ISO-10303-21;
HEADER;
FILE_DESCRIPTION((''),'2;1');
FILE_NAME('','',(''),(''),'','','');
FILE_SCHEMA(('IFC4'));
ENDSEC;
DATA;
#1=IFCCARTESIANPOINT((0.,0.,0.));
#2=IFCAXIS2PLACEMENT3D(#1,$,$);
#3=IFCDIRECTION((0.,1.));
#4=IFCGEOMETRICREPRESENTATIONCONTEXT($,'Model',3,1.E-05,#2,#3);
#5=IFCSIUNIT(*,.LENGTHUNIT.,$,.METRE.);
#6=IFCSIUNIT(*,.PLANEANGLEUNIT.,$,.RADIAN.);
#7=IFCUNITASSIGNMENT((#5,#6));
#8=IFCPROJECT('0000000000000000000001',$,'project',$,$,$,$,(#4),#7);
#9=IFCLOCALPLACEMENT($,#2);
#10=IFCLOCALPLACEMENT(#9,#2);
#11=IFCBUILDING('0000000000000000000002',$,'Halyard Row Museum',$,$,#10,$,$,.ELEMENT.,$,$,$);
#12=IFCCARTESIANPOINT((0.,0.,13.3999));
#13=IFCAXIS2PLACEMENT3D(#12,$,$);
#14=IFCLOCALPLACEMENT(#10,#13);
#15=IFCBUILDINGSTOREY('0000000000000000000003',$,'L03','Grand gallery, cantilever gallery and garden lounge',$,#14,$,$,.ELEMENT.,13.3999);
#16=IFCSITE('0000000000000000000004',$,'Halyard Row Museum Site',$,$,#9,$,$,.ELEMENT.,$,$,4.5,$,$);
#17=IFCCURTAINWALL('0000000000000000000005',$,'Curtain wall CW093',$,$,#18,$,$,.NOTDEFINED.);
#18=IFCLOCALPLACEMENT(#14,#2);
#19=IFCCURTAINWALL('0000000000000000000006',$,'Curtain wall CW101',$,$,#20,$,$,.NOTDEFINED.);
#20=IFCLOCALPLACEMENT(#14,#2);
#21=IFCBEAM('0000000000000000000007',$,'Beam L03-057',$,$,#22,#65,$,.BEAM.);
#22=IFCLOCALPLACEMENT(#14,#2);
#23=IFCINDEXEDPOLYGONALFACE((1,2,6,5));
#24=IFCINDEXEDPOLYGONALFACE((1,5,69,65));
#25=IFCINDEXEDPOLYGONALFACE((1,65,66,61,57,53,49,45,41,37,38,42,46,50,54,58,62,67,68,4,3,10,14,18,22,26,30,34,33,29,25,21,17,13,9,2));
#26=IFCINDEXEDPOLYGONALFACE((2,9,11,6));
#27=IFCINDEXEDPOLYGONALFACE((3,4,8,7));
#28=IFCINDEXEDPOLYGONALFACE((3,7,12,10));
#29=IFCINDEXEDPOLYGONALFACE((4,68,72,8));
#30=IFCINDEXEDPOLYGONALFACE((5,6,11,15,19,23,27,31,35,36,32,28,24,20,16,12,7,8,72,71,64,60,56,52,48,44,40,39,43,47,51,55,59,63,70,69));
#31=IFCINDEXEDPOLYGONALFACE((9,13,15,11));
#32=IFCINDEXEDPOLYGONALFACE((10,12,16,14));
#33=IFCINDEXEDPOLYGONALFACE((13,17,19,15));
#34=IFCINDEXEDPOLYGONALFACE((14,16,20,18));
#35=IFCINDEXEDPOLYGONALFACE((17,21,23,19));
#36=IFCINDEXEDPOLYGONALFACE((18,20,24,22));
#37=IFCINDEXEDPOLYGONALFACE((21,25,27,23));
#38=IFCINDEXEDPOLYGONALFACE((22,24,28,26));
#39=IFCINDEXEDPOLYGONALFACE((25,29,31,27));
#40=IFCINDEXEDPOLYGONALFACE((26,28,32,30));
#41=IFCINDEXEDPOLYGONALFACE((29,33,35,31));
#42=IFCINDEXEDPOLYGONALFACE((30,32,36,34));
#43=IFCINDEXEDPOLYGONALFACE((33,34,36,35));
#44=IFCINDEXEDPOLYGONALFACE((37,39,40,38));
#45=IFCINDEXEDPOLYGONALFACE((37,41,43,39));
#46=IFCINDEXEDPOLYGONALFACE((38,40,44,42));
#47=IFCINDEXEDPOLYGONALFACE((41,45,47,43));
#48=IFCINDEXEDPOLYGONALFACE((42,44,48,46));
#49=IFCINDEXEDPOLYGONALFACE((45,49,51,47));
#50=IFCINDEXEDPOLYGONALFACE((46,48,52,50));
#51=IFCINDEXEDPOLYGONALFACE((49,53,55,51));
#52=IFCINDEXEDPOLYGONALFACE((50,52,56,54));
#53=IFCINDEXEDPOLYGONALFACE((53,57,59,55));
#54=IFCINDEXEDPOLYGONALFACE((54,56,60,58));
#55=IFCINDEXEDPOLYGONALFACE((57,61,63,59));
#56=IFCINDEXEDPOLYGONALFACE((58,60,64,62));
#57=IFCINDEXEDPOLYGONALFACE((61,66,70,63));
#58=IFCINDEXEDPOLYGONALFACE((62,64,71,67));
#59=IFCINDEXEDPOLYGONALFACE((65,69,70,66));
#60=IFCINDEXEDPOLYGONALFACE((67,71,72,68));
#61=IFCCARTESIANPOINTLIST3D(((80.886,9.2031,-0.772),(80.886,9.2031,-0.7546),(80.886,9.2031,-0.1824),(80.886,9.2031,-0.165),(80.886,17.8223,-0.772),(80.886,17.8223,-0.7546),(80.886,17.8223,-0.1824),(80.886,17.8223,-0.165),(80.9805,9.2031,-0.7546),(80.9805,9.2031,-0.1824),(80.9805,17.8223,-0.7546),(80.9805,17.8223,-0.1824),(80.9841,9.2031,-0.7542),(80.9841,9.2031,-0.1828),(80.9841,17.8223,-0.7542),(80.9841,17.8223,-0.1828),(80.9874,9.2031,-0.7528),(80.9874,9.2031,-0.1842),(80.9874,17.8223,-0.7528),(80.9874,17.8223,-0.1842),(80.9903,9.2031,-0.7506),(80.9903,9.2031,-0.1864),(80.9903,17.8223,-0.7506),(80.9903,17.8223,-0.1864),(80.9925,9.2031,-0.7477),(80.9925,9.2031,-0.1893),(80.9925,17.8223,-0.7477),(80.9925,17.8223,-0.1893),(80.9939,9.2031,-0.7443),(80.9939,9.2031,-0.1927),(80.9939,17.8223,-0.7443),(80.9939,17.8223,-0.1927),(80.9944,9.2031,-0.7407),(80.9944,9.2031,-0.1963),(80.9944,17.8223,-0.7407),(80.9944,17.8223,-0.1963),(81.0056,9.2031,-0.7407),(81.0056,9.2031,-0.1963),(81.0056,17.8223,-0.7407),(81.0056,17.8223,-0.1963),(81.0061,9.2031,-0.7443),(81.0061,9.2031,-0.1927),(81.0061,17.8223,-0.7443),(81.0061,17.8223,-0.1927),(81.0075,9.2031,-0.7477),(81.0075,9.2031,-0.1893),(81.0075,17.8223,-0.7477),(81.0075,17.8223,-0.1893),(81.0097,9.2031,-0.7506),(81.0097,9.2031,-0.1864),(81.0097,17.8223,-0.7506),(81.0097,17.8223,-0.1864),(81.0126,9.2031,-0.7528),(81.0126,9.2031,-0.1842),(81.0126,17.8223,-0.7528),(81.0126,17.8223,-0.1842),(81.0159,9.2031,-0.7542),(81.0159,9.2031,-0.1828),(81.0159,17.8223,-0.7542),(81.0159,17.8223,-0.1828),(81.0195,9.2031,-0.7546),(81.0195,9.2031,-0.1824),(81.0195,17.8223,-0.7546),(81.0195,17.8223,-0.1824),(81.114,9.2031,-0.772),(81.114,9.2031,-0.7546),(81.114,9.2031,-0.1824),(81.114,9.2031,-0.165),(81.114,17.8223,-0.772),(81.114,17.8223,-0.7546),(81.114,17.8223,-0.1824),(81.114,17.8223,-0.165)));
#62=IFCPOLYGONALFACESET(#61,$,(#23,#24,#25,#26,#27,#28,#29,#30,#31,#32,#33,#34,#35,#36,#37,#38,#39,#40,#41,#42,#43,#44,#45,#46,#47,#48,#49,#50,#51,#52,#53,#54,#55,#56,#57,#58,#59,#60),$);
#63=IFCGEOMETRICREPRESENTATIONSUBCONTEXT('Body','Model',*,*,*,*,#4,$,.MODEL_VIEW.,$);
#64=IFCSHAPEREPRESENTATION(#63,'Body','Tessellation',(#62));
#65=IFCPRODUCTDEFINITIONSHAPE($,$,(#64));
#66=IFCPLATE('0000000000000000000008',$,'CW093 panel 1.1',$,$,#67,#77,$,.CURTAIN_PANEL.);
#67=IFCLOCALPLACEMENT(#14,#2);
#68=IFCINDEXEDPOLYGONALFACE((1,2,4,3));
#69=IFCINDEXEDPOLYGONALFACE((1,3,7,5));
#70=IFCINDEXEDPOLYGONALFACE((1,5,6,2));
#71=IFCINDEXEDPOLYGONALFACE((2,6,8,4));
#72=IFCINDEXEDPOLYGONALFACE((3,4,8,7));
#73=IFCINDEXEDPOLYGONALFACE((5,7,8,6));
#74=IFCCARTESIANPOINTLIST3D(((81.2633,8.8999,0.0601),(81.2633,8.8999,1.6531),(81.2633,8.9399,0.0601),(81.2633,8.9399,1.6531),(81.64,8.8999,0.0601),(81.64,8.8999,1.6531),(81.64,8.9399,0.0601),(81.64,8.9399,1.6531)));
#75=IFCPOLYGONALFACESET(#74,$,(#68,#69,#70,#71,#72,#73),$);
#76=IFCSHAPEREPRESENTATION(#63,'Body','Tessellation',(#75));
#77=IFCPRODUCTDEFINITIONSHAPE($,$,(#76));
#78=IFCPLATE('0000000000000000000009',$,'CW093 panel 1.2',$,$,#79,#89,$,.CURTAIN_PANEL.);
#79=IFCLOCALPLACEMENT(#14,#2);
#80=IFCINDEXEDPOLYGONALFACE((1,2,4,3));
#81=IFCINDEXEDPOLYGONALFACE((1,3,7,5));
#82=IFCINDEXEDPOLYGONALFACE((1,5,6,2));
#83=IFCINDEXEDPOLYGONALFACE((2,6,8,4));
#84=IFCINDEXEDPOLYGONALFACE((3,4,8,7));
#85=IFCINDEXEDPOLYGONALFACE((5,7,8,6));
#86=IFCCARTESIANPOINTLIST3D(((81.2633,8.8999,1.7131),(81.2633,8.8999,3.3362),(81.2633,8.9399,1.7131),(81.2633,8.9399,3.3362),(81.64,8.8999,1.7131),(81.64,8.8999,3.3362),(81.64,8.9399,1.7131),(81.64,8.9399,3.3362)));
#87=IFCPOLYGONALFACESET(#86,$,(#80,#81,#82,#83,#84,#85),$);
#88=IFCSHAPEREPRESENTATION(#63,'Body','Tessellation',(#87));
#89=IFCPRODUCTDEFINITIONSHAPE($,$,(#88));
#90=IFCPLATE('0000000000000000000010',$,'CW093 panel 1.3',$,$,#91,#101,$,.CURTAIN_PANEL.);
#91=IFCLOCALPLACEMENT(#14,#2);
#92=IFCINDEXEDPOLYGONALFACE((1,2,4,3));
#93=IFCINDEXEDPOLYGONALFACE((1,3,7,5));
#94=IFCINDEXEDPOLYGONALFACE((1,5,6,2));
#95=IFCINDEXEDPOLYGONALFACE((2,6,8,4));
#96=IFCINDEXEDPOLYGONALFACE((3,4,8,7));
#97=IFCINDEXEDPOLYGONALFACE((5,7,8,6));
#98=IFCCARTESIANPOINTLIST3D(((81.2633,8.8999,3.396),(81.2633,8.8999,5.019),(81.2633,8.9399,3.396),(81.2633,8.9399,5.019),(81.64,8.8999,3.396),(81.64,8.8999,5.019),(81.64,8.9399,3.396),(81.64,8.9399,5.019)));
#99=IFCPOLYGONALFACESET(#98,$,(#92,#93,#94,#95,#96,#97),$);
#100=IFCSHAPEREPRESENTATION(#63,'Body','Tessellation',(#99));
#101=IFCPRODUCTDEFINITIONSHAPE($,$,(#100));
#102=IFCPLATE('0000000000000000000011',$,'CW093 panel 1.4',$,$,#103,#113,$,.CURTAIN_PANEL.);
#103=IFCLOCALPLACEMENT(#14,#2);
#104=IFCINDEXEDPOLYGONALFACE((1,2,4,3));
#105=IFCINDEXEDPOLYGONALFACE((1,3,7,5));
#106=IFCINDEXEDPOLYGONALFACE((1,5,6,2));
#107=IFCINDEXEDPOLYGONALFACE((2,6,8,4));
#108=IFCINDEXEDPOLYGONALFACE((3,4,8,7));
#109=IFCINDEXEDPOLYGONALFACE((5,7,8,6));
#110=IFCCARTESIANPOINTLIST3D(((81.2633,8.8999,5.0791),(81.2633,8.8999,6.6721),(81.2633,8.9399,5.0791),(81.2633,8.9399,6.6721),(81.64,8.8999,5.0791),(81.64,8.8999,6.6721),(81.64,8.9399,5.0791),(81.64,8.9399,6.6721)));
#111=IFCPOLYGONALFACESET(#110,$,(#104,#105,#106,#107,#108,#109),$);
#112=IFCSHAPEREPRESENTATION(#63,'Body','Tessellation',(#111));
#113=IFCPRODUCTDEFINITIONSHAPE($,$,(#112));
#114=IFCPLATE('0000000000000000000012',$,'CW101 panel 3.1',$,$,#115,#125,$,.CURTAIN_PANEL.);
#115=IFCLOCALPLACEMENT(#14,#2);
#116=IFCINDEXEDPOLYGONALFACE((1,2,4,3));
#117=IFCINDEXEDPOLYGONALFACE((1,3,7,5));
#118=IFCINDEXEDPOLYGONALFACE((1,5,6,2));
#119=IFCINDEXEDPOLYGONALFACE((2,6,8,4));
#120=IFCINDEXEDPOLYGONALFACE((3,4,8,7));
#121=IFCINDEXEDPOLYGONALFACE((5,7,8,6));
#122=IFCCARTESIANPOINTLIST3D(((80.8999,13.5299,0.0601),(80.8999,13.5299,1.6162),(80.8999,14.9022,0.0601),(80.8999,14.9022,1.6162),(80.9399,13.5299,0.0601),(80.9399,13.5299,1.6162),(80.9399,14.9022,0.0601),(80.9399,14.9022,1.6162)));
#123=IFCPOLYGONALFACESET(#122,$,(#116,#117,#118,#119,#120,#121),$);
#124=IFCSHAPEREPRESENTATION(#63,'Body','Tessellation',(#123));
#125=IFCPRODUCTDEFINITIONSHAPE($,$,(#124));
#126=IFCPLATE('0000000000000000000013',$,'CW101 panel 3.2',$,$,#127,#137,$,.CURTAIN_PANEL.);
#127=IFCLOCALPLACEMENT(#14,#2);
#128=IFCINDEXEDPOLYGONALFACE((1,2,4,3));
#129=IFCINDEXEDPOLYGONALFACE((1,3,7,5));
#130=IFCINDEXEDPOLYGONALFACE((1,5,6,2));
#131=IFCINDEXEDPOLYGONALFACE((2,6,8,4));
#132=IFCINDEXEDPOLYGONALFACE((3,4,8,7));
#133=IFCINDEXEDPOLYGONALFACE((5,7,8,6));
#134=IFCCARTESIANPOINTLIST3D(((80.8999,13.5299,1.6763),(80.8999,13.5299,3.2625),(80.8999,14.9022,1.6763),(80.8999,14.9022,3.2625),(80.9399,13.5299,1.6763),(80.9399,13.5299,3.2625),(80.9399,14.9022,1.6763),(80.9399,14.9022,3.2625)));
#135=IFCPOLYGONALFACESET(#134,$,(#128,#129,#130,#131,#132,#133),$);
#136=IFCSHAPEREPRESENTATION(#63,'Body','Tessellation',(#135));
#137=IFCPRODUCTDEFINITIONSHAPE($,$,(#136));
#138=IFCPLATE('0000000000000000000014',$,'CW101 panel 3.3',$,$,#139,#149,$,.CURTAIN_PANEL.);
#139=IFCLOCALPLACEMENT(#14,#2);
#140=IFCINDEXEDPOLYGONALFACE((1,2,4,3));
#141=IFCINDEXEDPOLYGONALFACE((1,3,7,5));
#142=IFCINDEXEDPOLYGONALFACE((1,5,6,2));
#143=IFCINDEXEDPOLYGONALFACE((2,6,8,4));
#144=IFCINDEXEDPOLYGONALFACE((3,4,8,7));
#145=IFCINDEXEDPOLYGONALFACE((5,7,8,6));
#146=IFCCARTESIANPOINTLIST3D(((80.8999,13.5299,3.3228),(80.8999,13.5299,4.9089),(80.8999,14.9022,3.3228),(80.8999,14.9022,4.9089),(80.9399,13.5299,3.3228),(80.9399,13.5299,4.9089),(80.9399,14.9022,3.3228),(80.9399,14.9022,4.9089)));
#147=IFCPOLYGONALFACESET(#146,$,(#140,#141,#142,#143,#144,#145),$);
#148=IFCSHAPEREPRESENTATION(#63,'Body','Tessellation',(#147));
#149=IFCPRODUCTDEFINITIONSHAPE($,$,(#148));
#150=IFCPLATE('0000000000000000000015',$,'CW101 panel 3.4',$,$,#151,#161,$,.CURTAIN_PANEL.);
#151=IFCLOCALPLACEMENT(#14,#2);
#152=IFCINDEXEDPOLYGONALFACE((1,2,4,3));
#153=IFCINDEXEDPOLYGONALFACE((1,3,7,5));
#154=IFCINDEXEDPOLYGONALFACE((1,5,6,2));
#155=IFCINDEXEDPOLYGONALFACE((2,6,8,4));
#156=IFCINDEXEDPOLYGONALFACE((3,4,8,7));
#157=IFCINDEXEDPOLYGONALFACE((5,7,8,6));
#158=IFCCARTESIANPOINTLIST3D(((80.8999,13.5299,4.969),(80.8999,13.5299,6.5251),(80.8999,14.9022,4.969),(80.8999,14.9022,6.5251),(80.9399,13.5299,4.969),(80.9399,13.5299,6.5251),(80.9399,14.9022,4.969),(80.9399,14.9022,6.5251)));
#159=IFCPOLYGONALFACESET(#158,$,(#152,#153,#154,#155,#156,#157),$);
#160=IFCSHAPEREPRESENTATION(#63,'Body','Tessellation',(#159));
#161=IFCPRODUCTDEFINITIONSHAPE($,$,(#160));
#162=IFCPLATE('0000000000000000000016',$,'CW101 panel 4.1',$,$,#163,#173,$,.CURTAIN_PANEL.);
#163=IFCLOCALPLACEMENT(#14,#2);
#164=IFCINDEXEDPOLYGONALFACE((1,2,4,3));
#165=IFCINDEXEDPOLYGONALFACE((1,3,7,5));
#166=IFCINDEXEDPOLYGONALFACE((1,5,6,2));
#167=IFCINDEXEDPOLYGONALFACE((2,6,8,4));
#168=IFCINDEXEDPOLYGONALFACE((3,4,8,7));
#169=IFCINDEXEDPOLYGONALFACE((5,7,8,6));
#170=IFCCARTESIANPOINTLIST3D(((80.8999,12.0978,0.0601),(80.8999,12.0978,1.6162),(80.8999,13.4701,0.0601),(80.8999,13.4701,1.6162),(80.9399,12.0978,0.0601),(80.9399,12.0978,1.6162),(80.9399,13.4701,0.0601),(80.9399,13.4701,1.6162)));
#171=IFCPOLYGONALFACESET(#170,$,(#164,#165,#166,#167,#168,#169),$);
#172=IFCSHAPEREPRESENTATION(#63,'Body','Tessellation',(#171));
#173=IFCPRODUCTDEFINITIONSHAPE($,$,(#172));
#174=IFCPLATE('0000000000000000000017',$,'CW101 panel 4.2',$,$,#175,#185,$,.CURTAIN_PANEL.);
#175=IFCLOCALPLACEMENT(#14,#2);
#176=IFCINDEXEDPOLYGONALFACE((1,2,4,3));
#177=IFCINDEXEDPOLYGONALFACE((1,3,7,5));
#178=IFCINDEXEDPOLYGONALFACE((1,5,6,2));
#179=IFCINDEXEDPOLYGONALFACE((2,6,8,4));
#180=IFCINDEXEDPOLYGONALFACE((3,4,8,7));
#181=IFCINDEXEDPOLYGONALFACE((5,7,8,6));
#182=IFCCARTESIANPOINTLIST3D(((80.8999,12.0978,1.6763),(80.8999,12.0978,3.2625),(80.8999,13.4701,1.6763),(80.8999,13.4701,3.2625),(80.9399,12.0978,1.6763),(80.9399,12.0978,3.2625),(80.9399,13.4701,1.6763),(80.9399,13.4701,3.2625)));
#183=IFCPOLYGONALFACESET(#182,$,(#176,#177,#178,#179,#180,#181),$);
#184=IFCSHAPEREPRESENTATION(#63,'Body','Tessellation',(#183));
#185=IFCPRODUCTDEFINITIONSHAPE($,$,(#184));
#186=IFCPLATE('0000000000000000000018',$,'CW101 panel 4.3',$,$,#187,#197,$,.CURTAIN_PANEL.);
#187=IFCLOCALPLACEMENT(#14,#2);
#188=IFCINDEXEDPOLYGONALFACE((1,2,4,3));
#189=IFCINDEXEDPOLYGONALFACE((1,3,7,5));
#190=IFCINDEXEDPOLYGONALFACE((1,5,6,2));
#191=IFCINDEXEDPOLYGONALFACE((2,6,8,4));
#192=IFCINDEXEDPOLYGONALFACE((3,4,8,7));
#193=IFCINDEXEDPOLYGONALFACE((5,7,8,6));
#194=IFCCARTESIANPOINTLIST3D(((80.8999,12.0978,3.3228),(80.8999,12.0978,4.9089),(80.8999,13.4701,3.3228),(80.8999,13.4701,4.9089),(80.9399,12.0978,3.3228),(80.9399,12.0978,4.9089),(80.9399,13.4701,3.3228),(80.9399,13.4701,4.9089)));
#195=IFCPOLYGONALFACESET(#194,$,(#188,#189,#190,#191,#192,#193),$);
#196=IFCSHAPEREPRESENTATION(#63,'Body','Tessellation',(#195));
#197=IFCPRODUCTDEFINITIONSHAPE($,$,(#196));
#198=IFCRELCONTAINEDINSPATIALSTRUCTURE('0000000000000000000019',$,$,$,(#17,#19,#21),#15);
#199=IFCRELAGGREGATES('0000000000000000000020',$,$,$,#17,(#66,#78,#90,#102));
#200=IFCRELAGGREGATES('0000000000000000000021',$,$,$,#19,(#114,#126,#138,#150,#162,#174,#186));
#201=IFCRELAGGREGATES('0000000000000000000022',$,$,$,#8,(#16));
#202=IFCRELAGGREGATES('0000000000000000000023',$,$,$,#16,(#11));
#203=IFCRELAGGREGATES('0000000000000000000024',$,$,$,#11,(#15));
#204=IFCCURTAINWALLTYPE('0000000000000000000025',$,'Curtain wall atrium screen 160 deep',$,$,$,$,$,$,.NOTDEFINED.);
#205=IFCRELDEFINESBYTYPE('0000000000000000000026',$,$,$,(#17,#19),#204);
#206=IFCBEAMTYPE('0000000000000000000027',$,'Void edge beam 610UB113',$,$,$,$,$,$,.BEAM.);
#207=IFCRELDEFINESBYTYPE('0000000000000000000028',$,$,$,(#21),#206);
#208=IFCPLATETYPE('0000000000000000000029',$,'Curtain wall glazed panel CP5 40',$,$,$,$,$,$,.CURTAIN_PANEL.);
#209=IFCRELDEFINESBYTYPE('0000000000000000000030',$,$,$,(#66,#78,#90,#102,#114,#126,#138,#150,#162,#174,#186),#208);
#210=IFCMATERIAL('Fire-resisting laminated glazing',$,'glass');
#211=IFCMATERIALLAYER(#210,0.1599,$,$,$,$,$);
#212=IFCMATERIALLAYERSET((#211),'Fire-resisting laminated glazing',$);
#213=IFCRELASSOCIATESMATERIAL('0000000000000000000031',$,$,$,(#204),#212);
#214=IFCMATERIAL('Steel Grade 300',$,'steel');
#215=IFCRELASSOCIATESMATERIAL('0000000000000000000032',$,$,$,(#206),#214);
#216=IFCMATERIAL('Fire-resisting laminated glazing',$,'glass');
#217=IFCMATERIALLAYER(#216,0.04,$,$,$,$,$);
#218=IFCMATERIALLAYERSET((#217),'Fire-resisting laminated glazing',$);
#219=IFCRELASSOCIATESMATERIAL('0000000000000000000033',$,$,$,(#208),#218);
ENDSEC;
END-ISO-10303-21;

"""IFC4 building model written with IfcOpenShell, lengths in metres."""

from ifc_helpers import new_model, si_unit, direction, frame, origin, origin_2d, place, context, subcontext, project, spatial, rectangle, i_section, extrude, material, layer, layer_set, material_profile, profile_set, type_object, element, aggregate, save


model = new_model("IFC4")

# Units and contexts
model_context = context("Model", 3, precision=1e-05, world=origin(), true_north=direction((0.0, 1.0)))
body_context = subcontext(model_context, "Body", "Model", "MODEL_VIEW")
ifc_project = project(units=[si_unit("LENGTHUNIT", "METRE"), si_unit("PLANEANGLEUNIT", "RADIAN")], contexts=[model_context])

# Site, building, storey
site_placement = place(None, origin())
site = spatial("IfcSite", under=ifc_project, at=site_placement, Name="Halyard Row Museum Site", CompositionType="ELEMENT", RefElevation=4.5)
building_placement = place(site_placement, origin())
building = spatial("IfcBuilding", under=site, at=building_placement, Name="Halyard Row Museum", CompositionType="ELEMENT")
storey_placement = place(building_placement, frame((0.0, 0.0, 13.3999)))
storey = spatial("IfcBuildingStorey", under=building, at=storey_placement, Name="L03", Description="Grand gallery, cantilever gallery and garden lounge", CompositionType="ELEMENT", Elevation=13.3999)

# Curtain walls
ifc_material_1 = material(Name="Fire-resisting laminated glazing", Category="glass")
ifc_layer_1 = layer(ifc_material_1, 0.1599)
ifc_layer_set_1 = layer_set([ifc_layer_1], Name="Fire-resisting laminated glazing")
curtain_wall_type = type_object("IfcCurtainWallType", Name="Curtain wall atrium screen 160 deep", PredefinedType="NOTDEFINED", material=ifc_layer_set_1)
curtain_wall_1_placement = place(storey_placement, origin())
curtain_wall_1 = element("IfcCurtainWall", 1, at=curtain_wall_1_placement, inside=storey, type_object=curtain_wall_type, Name="Curtain wall CW093", PredefinedType="NOTDEFINED")
curtain_wall_2_placement = place(storey_placement, origin())
curtain_wall_2 = element("IfcCurtainWall", 2, at=curtain_wall_2_placement, inside=storey, type_object=curtain_wall_type, Name="Curtain wall CW101", PredefinedType="NOTDEFINED")

# Beam
ifc_material_2 = material(Name="Steel Grade 300", Category="steel")
ifc_material_profile_1 = material_profile(ifc_material_2, i_section(OverallWidth=0.228, OverallDepth=0.6069, WebThickness=0.0112, FlangeThickness=0.0173, FilletRadius=0.0139, at=origin_2d()), Name="610UB113")
ifc_profile_set_1 = profile_set([ifc_material_profile_1], Name="Steel Grade 300")
beam_type = type_object("IfcBeamType", Name="Void edge beam 610UB113", PredefinedType="BEAM", material=ifc_profile_set_1)
beam_1_placement = place(storey_placement, frame((81.0, 9.2031, -0.4685), z_axis=(0.0, 1.0, 0.0), x_axis=(-1.0, 0.0, 0.0)))
element("IfcBeam", 3, at=beam_1_placement, inside=storey, type_object=beam_type, Name="Beam L03-057", PredefinedType="BEAM", context=body_context, shape_type="SweptSolid", body=[
    extrude(i_section(OverallWidth=0.228, OverallDepth=0.6069, WebThickness=0.0112, FlangeThickness=0.0173, FilletRadius=0.0139, at=origin_2d()), origin(), (0.0, 0.0, 1.0), 8.6191),
])

# Plates
ifc_material_3 = material(Name="Fire-resisting laminated glazing", Category="glass")
ifc_layer_2 = layer(ifc_material_3, 0.04)
ifc_layer_set_2 = layer_set([ifc_layer_2], Name="Fire-resisting laminated glazing")
plate_type = type_object("IfcPlateType", Name="Curtain wall glazed panel CP5 40", PredefinedType="CURTAIN_PANEL", material=ifc_layer_set_2)
plate_1_placement = place(storey_placement, frame((81.4517, 8.9199, 0.0601), z_axis=(0.0, 0.0, 1.0), x_axis=(1.0, 0.0, 0.0)))
plate_1 = element("IfcPlate", 4, at=plate_1_placement, type_object=plate_type, Name="CW093 panel 1.1", PredefinedType="CURTAIN_PANEL", context=body_context, shape_type="SweptSolid", body=[
    extrude(rectangle(XDim=0.3767, YDim=0.04, at=origin_2d()), origin(), (0.0, 0.0, 1.0), 1.593),
])
plate_2_placement = place(storey_placement, frame((81.4517, 8.9199, 1.7131), z_axis=(0.0, 0.0, 1.0), x_axis=(1.0, 0.0, 0.0)))
plate_2 = element("IfcPlate", 5, at=plate_2_placement, type_object=plate_type, Name="CW093 panel 1.2", PredefinedType="CURTAIN_PANEL", context=body_context, shape_type="SweptSolid", body=[
    extrude(rectangle(XDim=0.3767, YDim=0.04, at=origin_2d()), origin(), (0.0, 0.0, 1.0), 1.623),
])
plate_3_placement = place(storey_placement, frame((81.4517, 8.9199, 3.396), z_axis=(0.0, 0.0, 1.0), x_axis=(1.0, 0.0, 0.0)))
plate_3 = element("IfcPlate", 6, at=plate_3_placement, type_object=plate_type, Name="CW093 panel 1.3", PredefinedType="CURTAIN_PANEL", context=body_context, shape_type="SweptSolid", body=[
    extrude(rectangle(XDim=0.3767, YDim=0.04, at=origin_2d()), origin(), (0.0, 0.0, 1.0), 1.623),
])
plate_4_placement = place(storey_placement, frame((81.4517, 8.9199, 5.0791), z_axis=(0.0, 0.0, 1.0), x_axis=(1.0, 0.0, 0.0)))
plate_4 = element("IfcPlate", 7, at=plate_4_placement, type_object=plate_type, Name="CW093 panel 1.4", PredefinedType="CURTAIN_PANEL", context=body_context, shape_type="SweptSolid", body=[
    extrude(rectangle(XDim=0.3767, YDim=0.04, at=origin_2d()), origin(), (0.0, 0.0, 1.0), 1.593),
])
aggregate(curtain_wall_1, [plate_1, plate_2, plate_3, plate_4])
plate_5_placement = place(storey_placement, frame((80.9199, 14.2161, 0.0601), z_axis=(0.0, 0.0, 1.0), x_axis=(0.0, -1.0, 0.0)))
plate_5 = element("IfcPlate", 8, at=plate_5_placement, type_object=plate_type, Name="CW101 panel 3.1", PredefinedType="CURTAIN_PANEL", context=body_context, shape_type="SweptSolid", body=[
    extrude(rectangle(XDim=1.3723, YDim=0.04, at=origin_2d()), origin(), (0.0, 0.0, 1.0), 1.5562),
])
plate_6_placement = place(storey_placement, frame((80.9199, 14.2161, 1.6763), z_axis=(0.0, 0.0, 1.0), x_axis=(0.0, -1.0, 0.0)))
plate_6 = element("IfcPlate", 9, at=plate_6_placement, type_object=plate_type, Name="CW101 panel 3.2", PredefinedType="CURTAIN_PANEL", context=body_context, shape_type="SweptSolid", body=[
    extrude(rectangle(XDim=1.3723, YDim=0.04, at=origin_2d()), origin(), (0.0, 0.0, 1.0), 1.5862),
])
plate_7_placement = place(storey_placement, frame((80.9199, 14.2161, 3.3228), z_axis=(0.0, 0.0, 1.0), x_axis=(0.0, -1.0, 0.0)))
plate_7 = element("IfcPlate", 10, at=plate_7_placement, type_object=plate_type, Name="CW101 panel 3.3", PredefinedType="CURTAIN_PANEL", context=body_context, shape_type="SweptSolid", body=[
    extrude(rectangle(XDim=1.3723, YDim=0.04, at=origin_2d()), origin(), (0.0, 0.0, 1.0), 1.5862),
])
plate_8_placement = place(storey_placement, frame((80.9199, 14.2161, 4.969), z_axis=(0.0, 0.0, 1.0), x_axis=(0.0, -1.0, 0.0)))
plate_8 = element("IfcPlate", 11, at=plate_8_placement, type_object=plate_type, Name="CW101 panel 3.4", PredefinedType="CURTAIN_PANEL", context=body_context, shape_type="SweptSolid", body=[
    extrude(rectangle(XDim=1.3723, YDim=0.04, at=origin_2d()), origin(), (0.0, 0.0, 1.0), 1.5562),
])
plate_9_placement = place(storey_placement, frame((80.9199, 12.7839, 0.0601), z_axis=(0.0, 0.0, 1.0), x_axis=(0.0, -1.0, 0.0)))
plate_9 = element("IfcPlate", 12, at=plate_9_placement, type_object=plate_type, Name="CW101 panel 4.1", PredefinedType="CURTAIN_PANEL", context=body_context, shape_type="SweptSolid", body=[
    extrude(rectangle(XDim=1.3723, YDim=0.04, at=origin_2d()), origin(), (0.0, 0.0, 1.0), 1.5562),
])
plate_10_placement = place(storey_placement, frame((80.9199, 12.7839, 1.6763), z_axis=(0.0, 0.0, 1.0), x_axis=(0.0, -1.0, 0.0)))
plate_10 = element("IfcPlate", 13, at=plate_10_placement, type_object=plate_type, Name="CW101 panel 4.2", PredefinedType="CURTAIN_PANEL", context=body_context, shape_type="SweptSolid", body=[
    extrude(rectangle(XDim=1.3723, YDim=0.04, at=origin_2d()), origin(), (0.0, 0.0, 1.0), 1.5862),
])
plate_11_placement = place(storey_placement, frame((80.9199, 12.7839, 3.3228), z_axis=(0.0, 0.0, 1.0), x_axis=(0.0, -1.0, 0.0)))
plate_11 = element("IfcPlate", 14, at=plate_11_placement, type_object=plate_type, Name="CW101 panel 4.3", PredefinedType="CURTAIN_PANEL", context=body_context, shape_type="SweptSolid", body=[
    extrude(rectangle(XDim=1.3723, YDim=0.04, at=origin_2d()), origin(), (0.0, 0.0, 1.0), 1.5862),
])
aggregate(curtain_wall_2, [plate_5, plate_6, plate_7, plate_8, plate_9, plate_10, plate_11])

save(model, "model.ifc")
